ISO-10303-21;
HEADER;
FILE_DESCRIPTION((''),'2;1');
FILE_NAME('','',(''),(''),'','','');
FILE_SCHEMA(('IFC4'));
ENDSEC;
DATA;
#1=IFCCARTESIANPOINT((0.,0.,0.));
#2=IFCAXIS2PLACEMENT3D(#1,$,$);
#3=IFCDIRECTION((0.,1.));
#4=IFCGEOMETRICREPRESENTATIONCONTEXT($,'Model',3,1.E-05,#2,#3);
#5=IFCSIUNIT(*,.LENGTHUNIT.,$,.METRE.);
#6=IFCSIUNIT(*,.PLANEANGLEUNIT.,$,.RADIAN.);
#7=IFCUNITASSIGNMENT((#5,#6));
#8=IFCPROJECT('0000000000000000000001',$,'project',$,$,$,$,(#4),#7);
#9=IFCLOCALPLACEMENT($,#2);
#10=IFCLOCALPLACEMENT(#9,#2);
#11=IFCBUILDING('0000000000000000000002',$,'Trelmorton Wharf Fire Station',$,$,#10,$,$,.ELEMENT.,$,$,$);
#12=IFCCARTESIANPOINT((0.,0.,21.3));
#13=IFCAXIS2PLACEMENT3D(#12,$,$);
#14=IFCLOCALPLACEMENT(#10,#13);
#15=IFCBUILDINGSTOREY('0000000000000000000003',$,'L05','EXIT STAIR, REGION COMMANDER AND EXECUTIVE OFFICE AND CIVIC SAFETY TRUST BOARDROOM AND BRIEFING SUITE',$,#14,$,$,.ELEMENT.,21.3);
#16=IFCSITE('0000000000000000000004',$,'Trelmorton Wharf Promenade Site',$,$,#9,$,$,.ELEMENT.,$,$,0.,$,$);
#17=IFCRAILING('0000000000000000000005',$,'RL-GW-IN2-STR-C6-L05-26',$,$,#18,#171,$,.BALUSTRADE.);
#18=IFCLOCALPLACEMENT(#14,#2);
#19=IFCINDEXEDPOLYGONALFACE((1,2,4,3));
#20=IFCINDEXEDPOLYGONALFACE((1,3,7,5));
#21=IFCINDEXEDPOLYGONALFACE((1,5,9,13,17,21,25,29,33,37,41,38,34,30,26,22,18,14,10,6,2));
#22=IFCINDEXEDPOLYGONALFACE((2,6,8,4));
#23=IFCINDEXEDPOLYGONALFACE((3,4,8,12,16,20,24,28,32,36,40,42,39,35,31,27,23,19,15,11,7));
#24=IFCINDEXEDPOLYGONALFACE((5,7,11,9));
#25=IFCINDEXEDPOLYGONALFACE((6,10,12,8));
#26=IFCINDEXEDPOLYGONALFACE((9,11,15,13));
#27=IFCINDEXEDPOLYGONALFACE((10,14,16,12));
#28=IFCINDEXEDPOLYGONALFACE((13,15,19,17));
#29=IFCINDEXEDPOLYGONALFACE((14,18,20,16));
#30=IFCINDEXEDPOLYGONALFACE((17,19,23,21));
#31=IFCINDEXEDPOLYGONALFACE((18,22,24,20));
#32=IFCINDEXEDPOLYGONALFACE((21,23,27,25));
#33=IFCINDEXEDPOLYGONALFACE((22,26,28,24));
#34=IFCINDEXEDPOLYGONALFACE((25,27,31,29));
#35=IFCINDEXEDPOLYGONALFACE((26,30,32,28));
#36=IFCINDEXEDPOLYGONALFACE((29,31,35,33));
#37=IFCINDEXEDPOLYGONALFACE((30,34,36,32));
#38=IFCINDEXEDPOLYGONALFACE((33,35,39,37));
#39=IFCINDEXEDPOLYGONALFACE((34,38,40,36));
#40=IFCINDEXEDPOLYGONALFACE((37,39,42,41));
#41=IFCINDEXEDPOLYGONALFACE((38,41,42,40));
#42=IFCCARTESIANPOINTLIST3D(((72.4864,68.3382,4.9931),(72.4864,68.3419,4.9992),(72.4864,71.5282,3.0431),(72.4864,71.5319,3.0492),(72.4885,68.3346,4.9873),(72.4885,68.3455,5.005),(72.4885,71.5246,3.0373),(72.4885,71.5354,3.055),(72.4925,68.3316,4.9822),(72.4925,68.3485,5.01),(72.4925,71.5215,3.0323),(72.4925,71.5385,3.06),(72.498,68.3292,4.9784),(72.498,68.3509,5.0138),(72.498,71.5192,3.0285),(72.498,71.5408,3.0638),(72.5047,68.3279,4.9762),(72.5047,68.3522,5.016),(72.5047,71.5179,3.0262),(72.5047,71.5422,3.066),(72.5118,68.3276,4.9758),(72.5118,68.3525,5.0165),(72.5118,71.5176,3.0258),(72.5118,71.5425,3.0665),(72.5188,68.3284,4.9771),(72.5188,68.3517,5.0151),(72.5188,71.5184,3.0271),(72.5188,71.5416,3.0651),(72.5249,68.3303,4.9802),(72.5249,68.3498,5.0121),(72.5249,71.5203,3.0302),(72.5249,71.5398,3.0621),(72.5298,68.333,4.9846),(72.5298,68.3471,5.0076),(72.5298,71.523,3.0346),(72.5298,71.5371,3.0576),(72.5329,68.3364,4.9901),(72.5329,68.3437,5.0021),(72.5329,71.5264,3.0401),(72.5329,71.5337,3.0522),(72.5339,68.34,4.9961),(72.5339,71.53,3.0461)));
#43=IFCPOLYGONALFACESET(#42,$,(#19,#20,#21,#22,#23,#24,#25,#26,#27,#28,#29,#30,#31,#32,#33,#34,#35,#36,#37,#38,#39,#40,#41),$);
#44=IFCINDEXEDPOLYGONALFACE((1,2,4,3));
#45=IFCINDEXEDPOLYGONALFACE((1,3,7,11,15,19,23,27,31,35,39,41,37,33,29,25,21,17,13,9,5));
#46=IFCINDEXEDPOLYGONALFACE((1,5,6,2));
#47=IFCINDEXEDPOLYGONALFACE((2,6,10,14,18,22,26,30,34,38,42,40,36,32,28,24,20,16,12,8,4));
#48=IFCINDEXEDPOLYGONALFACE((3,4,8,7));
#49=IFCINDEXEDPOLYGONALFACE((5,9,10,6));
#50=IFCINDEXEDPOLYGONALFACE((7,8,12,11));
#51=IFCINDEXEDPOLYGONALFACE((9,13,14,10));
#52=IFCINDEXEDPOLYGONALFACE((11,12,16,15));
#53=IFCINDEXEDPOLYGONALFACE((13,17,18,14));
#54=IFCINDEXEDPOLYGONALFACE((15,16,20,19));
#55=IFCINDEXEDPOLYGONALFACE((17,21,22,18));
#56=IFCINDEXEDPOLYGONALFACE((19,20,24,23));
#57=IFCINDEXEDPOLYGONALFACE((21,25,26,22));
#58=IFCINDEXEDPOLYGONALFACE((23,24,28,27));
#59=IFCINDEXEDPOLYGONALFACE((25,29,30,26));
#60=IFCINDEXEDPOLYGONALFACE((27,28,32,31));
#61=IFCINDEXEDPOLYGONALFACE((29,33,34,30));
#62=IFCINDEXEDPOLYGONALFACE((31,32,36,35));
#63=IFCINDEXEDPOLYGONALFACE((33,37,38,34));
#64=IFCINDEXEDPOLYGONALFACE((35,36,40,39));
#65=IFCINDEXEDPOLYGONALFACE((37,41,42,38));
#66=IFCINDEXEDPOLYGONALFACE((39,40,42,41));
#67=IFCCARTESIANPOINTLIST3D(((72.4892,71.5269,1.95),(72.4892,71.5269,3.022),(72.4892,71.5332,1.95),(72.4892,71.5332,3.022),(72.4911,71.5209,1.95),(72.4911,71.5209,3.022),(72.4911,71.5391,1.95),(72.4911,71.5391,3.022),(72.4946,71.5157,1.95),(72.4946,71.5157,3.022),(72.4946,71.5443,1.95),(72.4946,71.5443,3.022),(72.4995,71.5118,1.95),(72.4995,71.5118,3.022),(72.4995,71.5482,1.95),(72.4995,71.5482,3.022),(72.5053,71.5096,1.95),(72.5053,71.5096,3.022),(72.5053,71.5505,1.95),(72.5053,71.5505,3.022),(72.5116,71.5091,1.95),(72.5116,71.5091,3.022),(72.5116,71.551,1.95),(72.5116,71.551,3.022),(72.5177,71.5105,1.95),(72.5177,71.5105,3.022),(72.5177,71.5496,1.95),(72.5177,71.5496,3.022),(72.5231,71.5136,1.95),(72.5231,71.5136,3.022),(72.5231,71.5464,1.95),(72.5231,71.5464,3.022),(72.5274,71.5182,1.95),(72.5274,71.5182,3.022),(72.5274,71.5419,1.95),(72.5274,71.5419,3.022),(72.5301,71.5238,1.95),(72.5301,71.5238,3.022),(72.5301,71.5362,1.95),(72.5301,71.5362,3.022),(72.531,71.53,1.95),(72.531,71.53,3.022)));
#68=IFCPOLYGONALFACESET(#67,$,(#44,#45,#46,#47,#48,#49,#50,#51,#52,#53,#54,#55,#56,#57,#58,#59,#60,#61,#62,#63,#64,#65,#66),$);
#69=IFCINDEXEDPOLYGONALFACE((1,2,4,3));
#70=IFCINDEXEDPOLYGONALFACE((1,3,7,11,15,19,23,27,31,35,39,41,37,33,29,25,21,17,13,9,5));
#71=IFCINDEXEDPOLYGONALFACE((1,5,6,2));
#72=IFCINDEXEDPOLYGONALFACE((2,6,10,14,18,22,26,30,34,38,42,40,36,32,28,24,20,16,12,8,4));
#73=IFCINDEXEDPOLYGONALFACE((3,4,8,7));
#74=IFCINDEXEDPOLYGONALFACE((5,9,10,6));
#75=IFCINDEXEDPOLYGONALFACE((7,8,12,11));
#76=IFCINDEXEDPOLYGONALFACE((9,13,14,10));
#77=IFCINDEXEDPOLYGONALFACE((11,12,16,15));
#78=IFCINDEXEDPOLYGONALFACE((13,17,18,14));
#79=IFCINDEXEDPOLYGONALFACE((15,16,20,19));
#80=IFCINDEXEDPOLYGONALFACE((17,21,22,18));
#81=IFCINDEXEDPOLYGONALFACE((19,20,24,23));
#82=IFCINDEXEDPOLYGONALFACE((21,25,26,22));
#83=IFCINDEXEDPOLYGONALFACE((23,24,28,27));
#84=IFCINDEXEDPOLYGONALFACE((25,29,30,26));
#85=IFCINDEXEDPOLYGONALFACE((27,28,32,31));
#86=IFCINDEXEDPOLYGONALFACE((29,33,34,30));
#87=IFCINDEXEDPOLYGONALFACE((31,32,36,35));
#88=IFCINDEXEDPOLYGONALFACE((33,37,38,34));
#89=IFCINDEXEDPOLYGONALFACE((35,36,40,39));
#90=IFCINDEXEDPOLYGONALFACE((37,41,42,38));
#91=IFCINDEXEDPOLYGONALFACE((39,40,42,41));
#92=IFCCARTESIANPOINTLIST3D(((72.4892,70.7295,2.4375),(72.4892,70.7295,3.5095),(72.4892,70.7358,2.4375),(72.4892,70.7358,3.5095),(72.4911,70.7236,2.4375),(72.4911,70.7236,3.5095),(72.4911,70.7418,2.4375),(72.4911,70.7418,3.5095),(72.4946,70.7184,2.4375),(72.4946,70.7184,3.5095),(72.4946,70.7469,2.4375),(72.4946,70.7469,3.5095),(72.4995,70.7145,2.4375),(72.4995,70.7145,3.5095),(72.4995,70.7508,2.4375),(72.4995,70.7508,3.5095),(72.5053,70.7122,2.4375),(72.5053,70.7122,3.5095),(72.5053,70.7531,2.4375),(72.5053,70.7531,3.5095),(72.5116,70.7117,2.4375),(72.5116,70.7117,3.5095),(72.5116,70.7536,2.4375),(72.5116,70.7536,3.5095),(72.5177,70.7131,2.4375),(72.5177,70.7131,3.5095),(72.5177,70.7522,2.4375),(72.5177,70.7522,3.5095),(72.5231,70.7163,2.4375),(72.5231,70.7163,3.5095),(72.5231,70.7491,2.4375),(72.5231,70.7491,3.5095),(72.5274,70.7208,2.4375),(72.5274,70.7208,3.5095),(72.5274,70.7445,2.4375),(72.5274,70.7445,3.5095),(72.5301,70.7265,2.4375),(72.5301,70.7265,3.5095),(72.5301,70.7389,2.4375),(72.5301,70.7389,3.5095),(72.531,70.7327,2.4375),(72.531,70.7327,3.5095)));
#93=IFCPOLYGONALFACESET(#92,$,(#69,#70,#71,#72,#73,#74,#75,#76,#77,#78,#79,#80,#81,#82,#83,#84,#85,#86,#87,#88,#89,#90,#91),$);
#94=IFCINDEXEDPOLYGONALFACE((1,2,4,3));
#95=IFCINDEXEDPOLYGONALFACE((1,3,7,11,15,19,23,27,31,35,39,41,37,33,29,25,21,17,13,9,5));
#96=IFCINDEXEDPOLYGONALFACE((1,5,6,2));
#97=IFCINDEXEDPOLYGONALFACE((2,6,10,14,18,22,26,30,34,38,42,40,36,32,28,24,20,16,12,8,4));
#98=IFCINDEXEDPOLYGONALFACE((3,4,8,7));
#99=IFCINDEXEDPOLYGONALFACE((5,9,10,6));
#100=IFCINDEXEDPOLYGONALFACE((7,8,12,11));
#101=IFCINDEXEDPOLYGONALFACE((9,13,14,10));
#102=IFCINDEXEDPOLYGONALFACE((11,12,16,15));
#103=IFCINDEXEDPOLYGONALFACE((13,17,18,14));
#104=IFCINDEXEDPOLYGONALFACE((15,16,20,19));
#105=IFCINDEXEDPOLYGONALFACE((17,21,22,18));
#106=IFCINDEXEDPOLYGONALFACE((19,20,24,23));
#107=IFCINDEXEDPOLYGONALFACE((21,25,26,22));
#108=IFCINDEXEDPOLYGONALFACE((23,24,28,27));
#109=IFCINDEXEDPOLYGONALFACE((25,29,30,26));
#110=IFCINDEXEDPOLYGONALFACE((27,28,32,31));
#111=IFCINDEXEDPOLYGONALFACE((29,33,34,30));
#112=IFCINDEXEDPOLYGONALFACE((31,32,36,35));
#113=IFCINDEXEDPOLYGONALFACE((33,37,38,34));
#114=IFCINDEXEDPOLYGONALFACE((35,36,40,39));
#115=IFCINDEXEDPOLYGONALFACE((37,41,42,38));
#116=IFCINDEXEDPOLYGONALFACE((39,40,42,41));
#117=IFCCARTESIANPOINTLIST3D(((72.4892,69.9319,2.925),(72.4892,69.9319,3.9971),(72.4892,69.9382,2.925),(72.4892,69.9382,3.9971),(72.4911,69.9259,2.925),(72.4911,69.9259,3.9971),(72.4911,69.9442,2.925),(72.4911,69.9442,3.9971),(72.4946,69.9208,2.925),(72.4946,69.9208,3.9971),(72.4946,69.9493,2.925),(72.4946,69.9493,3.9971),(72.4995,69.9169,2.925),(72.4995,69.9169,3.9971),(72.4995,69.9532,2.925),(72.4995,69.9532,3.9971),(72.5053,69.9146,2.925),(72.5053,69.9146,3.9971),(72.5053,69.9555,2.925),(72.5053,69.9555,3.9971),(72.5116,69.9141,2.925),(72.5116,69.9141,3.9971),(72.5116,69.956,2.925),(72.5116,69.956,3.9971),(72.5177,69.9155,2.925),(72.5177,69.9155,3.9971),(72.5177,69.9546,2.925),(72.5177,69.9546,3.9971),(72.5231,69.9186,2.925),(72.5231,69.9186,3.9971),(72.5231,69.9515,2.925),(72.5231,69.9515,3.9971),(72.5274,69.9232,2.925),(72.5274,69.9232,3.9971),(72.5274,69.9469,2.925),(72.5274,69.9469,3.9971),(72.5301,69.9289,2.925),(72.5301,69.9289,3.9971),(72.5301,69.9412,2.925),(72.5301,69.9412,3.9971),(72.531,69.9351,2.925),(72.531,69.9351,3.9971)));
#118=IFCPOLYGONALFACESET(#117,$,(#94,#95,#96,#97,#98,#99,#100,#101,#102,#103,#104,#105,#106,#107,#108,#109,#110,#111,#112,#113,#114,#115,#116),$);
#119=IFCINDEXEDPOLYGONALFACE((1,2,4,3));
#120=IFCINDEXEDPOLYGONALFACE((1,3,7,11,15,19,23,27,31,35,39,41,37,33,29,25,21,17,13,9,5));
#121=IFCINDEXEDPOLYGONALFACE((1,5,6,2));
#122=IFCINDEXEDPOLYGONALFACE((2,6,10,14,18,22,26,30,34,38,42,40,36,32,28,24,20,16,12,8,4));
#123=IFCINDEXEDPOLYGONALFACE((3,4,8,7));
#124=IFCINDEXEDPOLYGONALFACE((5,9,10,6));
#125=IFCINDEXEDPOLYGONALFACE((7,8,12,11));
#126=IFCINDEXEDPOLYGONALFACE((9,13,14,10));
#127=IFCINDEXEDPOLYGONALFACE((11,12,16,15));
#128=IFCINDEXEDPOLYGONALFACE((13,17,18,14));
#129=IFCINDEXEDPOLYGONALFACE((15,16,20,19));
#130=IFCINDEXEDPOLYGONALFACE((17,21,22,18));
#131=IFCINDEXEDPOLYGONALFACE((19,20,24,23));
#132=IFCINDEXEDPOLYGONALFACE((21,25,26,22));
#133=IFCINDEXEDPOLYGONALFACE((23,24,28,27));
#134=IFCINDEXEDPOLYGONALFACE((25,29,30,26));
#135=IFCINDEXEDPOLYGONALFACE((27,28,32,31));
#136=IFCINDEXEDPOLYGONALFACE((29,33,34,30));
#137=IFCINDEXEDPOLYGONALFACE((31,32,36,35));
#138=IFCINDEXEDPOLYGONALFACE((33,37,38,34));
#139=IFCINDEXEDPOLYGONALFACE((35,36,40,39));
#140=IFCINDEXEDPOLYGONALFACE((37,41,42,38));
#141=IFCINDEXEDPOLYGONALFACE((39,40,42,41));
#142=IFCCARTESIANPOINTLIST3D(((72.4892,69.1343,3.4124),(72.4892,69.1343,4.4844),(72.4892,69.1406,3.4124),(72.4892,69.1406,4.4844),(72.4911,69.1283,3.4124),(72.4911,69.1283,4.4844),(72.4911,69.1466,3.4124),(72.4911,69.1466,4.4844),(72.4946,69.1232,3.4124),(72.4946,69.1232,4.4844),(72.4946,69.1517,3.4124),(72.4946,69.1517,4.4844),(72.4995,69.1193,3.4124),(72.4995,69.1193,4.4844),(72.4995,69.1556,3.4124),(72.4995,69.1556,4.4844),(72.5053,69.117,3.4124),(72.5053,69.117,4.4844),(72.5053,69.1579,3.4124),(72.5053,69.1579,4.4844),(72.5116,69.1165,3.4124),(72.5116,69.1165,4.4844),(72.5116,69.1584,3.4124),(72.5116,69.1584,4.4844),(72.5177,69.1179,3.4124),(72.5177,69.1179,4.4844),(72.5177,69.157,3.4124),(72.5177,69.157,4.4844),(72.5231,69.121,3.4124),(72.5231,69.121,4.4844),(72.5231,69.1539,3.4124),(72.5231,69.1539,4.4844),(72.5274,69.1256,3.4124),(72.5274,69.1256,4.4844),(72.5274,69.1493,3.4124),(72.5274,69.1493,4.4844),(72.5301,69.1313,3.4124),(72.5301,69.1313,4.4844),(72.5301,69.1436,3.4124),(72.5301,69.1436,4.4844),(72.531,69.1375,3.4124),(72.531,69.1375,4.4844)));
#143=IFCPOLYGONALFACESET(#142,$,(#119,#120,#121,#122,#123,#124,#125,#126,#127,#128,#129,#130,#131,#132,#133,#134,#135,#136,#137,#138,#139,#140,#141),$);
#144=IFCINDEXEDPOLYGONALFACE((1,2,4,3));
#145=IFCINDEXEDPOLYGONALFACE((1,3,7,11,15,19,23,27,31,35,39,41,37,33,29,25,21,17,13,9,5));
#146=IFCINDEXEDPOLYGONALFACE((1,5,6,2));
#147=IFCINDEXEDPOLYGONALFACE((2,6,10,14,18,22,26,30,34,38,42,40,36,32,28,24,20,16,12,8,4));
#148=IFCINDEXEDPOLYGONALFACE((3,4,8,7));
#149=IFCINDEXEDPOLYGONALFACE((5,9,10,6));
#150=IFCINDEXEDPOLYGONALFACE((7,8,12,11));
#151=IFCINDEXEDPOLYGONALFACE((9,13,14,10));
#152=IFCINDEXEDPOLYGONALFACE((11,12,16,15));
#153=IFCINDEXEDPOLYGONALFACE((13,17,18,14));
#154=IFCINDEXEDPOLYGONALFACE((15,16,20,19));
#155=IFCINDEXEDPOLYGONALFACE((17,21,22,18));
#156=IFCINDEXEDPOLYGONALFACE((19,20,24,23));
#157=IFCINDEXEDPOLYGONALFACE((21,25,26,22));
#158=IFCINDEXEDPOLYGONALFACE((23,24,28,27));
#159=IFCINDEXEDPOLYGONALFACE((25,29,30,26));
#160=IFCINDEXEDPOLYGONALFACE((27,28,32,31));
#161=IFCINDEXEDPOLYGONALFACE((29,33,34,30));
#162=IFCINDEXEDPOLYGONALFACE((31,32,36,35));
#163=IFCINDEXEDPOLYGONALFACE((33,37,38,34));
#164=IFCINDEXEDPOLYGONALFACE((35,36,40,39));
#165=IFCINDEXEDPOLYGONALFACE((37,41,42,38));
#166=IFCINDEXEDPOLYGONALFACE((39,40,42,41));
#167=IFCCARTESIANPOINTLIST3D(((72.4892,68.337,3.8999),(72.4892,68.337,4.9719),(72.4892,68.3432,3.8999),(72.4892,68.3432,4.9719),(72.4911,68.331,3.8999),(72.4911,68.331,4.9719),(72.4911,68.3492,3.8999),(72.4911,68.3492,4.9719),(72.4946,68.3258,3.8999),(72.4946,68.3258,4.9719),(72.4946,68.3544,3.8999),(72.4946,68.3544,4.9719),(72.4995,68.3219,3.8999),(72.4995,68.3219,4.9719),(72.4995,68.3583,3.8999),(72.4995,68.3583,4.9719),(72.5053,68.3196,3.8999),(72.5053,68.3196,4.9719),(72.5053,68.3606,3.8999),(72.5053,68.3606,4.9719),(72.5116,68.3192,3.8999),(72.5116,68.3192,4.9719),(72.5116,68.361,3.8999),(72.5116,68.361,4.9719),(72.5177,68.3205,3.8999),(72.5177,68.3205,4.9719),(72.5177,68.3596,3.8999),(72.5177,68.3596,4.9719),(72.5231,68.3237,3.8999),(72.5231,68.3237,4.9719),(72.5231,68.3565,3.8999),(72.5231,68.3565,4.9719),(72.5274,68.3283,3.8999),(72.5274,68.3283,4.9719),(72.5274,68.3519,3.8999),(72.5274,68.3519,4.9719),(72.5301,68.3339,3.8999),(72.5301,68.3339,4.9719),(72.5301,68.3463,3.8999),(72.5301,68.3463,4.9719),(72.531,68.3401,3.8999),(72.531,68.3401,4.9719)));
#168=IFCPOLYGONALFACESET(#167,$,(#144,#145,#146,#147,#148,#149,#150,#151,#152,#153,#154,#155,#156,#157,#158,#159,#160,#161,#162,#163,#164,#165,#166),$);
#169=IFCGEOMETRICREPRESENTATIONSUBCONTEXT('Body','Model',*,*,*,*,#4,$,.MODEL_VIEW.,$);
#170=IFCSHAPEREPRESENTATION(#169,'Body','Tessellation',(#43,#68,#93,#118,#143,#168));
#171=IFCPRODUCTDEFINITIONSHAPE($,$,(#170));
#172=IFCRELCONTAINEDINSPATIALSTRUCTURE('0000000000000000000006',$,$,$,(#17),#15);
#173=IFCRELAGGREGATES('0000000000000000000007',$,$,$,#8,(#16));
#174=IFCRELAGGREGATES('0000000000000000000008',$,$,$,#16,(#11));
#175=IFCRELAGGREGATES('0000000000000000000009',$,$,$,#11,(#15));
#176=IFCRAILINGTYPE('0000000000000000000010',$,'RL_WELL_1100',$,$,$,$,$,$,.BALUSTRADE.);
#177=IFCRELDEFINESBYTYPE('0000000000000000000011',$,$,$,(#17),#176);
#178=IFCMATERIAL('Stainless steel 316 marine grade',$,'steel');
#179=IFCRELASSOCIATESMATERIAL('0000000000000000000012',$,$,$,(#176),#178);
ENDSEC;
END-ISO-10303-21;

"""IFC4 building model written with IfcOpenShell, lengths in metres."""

from ifc_helpers import new_model, si_unit, direction, frame, origin, origin_2d, place, context, subcontext, project, spatial, circle, extrude, material, type_object, element, save


model = new_model("IFC4")

# Units and contexts
model_context = context("Model", 3, precision=1e-05, world=origin(), true_north=direction((0.0, 1.0)))
body_context = subcontext(model_context, "Body", "Model", "MODEL_VIEW")
ifc_project = project(units=[si_unit("LENGTHUNIT", "METRE"), si_unit("PLANEANGLEUNIT", "RADIAN")], contexts=[model_context])

# Site, building, storey
site_placement = place(None, origin())
site = spatial("IfcSite", under=ifc_project, at=site_placement, Name="Trelmorton Wharf Promenade Site", CompositionType="ELEMENT", RefElevation=0.0)
building_placement = place(site_placement, origin())
building = spatial("IfcBuilding", under=site, at=building_placement, Name="Trelmorton Wharf Fire Station", CompositionType="ELEMENT")
storey_placement = place(building_placement, frame((0.0, 0.0, 21.3)))
storey = spatial("IfcBuildingStorey", under=building, at=storey_placement, Name="L05", Description="EXIT STAIR, REGION COMMANDER AND EXECUTIVE OFFICE AND CIVIC SAFETY TRUST BOARDROOM AND BRIEFING SUITE", CompositionType="ELEMENT", Elevation=21.3)

# Shared definitions
ifc_material_1 = material(Name="Stainless steel 316 marine grade", Category="steel")

# Railing
railing_type_1 = type_object("IfcRailingType", Name="RL_WELL_1100", PredefinedType="BALUSTRADE", material=ifc_material_1)
railing_1_placement = place(storey_placement, frame((72.51, 71.53, 1.95)))
element("IfcRailing", 1, at=railing_1_placement, inside=storey, type_object=railing_type_1, Name="RL-GW-IN2-STR-C6-L05-26", PredefinedType="BALUSTRADE", context=body_context, shape_type="SweptSolid", body=[
    extrude(circle(Radius=0.0239, at=origin_2d()), frame((0.0, 0.0, 1.0962), z_axis=(0.0, -0.853217, 0.521556), x_axis=(1.0, 0.0, 0.0)), (0.0, 0.0, 1.0), 3.7388),
    extrude(circle(Radius=0.021, at=origin_2d()), origin(), (0.0, 0.0, 1.0), 1.072),
    extrude(circle(Radius=0.021, at=origin_2d()), frame((0.0, -0.7974, 0.4875)), (0.0, 0.0, 1.0), 1.072),
    extrude(circle(Radius=0.021, at=origin_2d()), frame((0.0, -1.595, 0.9751)), (0.0, 0.0, 1.0), 1.072),
    extrude(circle(Radius=0.021, at=origin_2d()), frame((0.0, -2.3926, 1.4624)), (0.0, 0.0, 1.0), 1.072),
    extrude(circle(Radius=0.021, at=origin_2d()), frame((0.0, -3.1899, 1.95)), (0.0, 0.0, 1.0), 1.072),
])

save(model, "model.ifc")
